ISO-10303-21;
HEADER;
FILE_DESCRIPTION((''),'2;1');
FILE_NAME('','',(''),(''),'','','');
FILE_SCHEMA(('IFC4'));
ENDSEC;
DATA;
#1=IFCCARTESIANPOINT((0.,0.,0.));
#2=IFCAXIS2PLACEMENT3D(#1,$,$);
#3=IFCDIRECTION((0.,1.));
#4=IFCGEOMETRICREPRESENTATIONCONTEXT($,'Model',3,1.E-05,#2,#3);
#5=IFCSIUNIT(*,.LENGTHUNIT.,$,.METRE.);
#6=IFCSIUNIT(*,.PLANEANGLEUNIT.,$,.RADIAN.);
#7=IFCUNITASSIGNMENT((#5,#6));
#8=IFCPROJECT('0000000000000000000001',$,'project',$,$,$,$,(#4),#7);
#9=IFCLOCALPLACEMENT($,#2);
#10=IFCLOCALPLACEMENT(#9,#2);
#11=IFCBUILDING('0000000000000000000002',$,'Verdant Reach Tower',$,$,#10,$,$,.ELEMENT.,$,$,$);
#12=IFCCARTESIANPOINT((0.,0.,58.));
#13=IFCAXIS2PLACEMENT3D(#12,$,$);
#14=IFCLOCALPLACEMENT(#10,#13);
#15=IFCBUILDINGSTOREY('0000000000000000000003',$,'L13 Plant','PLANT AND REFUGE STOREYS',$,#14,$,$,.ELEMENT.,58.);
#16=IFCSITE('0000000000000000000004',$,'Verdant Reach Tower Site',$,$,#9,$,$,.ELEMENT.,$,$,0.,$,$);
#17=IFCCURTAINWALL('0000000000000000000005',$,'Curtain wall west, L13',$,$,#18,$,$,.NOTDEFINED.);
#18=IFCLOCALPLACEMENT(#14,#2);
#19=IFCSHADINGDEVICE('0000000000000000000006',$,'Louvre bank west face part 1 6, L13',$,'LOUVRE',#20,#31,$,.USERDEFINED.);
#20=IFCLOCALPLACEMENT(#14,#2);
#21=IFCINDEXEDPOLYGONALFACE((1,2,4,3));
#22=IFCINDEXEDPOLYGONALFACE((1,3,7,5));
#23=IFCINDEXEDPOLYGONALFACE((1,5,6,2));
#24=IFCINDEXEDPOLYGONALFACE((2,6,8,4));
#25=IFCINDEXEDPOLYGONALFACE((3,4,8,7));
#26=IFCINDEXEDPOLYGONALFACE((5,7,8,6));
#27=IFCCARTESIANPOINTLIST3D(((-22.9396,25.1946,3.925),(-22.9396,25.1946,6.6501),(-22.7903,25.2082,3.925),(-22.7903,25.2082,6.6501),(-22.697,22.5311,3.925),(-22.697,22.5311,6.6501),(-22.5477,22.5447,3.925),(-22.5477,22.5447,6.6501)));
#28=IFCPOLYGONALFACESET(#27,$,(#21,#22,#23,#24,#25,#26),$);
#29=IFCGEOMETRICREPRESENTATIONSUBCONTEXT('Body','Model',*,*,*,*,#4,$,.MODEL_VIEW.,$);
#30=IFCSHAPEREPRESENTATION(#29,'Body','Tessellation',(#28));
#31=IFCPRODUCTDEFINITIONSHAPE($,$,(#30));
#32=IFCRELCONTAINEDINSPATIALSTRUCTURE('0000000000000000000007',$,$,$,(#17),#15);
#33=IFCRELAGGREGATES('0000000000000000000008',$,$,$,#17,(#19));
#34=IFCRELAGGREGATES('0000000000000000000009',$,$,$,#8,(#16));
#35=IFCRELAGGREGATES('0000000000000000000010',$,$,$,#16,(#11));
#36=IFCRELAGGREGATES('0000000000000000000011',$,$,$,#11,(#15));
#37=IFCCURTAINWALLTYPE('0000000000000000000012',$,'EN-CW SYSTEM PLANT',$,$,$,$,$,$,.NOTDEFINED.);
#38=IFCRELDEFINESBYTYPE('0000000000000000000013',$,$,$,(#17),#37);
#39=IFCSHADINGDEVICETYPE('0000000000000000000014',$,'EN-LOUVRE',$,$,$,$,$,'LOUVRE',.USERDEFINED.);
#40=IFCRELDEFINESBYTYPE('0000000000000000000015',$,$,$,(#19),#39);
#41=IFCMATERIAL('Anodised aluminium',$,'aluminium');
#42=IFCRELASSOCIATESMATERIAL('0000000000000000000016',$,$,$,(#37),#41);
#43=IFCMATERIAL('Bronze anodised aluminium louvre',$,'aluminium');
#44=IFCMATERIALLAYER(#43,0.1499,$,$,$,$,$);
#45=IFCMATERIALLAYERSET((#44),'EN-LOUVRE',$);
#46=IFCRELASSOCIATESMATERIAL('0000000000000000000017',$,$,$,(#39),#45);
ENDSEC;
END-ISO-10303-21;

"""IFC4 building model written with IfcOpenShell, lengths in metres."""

from ifc_helpers import new_model, si_unit, direction, frame, origin, origin_2d, place, context, subcontext, project, spatial, rectangle, extrude, material, layer, layer_set, type_object, element, aggregate, save


model = new_model("IFC4")

# Units and contexts
model_context = context("Model", 3, precision=1e-05, world=origin(), true_north=direction((0.0, 1.0)))
body_context = subcontext(model_context, "Body", "Model", "MODEL_VIEW")
ifc_project = project(units=[si_unit("LENGTHUNIT", "METRE"), si_unit("PLANEANGLEUNIT", "RADIAN")], contexts=[model_context])

# Site, building, storey
site_placement = place(None, origin())
site = spatial("IfcSite", under=ifc_project, at=site_placement, Name="Verdant Reach Tower Site", CompositionType="ELEMENT", RefElevation=0.0)
building_placement = place(site_placement, origin())
building = spatial("IfcBuilding", under=site, at=building_placement, Name="Verdant Reach Tower", CompositionType="ELEMENT")
storey_placement = place(building_placement, frame((0.0, 0.0, 58.0)))
storey = spatial("IfcBuildingStorey", under=building, at=storey_placement, Name="L13 Plant", Description="PLANT AND REFUGE STOREYS", CompositionType="ELEMENT", Elevation=58.0)

# Curtain wall
ifc_material_1 = material(Name="Anodised aluminium", Category="aluminium")
curtain_wall_type = type_object("IfcCurtainWallType", Name="EN-CW SYSTEM PLANT", PredefinedType="NOTDEFINED", material=ifc_material_1)
curtain_wall_placement = place(storey_placement, origin())
curtain_wall = element("IfcCurtainWall", 1, at=curtain_wall_placement, inside=storey, type_object=curtain_wall_type, Name="Curtain wall west, L13", PredefinedType="NOTDEFINED")

# Shading device
ifc_material_2 = material(Name="Bronze anodised aluminium louvre", Category="aluminium")
ifc_layer_1 = layer(ifc_material_2, 0.1499)
ifc_layer_set_1 = layer_set([ifc_layer_1], Name="EN-LOUVRE")
shading_device_type = type_object("IfcShadingDeviceType", Name="EN-LOUVRE", ElementType="LOUVRE", PredefinedType="USERDEFINED", material=ifc_layer_set_1)
shading_device_1_placement = place(storey_placement, frame((-22.7437, 23.8696, 3.925), z_axis=(0.0, 0.0, 1.0), x_axis=(0.090713, -0.995877, 0.0)))
shading_device_1 = element("IfcShadingDevice", 2, at=shading_device_1_placement, type_object=shading_device_type, Name="Louvre bank west face part 1 6, L13", ObjectType="LOUVRE", PredefinedType="USERDEFINED", context=body_context, shape_type="SweptSolid", body=[
    extrude(rectangle(XDim=2.6746, YDim=0.1499, at=origin_2d()), origin(), (0.0, 0.0, 1.0), 2.7251),
])
aggregate(curtain_wall, [shading_device_1])

save(model, "model.ifc")
